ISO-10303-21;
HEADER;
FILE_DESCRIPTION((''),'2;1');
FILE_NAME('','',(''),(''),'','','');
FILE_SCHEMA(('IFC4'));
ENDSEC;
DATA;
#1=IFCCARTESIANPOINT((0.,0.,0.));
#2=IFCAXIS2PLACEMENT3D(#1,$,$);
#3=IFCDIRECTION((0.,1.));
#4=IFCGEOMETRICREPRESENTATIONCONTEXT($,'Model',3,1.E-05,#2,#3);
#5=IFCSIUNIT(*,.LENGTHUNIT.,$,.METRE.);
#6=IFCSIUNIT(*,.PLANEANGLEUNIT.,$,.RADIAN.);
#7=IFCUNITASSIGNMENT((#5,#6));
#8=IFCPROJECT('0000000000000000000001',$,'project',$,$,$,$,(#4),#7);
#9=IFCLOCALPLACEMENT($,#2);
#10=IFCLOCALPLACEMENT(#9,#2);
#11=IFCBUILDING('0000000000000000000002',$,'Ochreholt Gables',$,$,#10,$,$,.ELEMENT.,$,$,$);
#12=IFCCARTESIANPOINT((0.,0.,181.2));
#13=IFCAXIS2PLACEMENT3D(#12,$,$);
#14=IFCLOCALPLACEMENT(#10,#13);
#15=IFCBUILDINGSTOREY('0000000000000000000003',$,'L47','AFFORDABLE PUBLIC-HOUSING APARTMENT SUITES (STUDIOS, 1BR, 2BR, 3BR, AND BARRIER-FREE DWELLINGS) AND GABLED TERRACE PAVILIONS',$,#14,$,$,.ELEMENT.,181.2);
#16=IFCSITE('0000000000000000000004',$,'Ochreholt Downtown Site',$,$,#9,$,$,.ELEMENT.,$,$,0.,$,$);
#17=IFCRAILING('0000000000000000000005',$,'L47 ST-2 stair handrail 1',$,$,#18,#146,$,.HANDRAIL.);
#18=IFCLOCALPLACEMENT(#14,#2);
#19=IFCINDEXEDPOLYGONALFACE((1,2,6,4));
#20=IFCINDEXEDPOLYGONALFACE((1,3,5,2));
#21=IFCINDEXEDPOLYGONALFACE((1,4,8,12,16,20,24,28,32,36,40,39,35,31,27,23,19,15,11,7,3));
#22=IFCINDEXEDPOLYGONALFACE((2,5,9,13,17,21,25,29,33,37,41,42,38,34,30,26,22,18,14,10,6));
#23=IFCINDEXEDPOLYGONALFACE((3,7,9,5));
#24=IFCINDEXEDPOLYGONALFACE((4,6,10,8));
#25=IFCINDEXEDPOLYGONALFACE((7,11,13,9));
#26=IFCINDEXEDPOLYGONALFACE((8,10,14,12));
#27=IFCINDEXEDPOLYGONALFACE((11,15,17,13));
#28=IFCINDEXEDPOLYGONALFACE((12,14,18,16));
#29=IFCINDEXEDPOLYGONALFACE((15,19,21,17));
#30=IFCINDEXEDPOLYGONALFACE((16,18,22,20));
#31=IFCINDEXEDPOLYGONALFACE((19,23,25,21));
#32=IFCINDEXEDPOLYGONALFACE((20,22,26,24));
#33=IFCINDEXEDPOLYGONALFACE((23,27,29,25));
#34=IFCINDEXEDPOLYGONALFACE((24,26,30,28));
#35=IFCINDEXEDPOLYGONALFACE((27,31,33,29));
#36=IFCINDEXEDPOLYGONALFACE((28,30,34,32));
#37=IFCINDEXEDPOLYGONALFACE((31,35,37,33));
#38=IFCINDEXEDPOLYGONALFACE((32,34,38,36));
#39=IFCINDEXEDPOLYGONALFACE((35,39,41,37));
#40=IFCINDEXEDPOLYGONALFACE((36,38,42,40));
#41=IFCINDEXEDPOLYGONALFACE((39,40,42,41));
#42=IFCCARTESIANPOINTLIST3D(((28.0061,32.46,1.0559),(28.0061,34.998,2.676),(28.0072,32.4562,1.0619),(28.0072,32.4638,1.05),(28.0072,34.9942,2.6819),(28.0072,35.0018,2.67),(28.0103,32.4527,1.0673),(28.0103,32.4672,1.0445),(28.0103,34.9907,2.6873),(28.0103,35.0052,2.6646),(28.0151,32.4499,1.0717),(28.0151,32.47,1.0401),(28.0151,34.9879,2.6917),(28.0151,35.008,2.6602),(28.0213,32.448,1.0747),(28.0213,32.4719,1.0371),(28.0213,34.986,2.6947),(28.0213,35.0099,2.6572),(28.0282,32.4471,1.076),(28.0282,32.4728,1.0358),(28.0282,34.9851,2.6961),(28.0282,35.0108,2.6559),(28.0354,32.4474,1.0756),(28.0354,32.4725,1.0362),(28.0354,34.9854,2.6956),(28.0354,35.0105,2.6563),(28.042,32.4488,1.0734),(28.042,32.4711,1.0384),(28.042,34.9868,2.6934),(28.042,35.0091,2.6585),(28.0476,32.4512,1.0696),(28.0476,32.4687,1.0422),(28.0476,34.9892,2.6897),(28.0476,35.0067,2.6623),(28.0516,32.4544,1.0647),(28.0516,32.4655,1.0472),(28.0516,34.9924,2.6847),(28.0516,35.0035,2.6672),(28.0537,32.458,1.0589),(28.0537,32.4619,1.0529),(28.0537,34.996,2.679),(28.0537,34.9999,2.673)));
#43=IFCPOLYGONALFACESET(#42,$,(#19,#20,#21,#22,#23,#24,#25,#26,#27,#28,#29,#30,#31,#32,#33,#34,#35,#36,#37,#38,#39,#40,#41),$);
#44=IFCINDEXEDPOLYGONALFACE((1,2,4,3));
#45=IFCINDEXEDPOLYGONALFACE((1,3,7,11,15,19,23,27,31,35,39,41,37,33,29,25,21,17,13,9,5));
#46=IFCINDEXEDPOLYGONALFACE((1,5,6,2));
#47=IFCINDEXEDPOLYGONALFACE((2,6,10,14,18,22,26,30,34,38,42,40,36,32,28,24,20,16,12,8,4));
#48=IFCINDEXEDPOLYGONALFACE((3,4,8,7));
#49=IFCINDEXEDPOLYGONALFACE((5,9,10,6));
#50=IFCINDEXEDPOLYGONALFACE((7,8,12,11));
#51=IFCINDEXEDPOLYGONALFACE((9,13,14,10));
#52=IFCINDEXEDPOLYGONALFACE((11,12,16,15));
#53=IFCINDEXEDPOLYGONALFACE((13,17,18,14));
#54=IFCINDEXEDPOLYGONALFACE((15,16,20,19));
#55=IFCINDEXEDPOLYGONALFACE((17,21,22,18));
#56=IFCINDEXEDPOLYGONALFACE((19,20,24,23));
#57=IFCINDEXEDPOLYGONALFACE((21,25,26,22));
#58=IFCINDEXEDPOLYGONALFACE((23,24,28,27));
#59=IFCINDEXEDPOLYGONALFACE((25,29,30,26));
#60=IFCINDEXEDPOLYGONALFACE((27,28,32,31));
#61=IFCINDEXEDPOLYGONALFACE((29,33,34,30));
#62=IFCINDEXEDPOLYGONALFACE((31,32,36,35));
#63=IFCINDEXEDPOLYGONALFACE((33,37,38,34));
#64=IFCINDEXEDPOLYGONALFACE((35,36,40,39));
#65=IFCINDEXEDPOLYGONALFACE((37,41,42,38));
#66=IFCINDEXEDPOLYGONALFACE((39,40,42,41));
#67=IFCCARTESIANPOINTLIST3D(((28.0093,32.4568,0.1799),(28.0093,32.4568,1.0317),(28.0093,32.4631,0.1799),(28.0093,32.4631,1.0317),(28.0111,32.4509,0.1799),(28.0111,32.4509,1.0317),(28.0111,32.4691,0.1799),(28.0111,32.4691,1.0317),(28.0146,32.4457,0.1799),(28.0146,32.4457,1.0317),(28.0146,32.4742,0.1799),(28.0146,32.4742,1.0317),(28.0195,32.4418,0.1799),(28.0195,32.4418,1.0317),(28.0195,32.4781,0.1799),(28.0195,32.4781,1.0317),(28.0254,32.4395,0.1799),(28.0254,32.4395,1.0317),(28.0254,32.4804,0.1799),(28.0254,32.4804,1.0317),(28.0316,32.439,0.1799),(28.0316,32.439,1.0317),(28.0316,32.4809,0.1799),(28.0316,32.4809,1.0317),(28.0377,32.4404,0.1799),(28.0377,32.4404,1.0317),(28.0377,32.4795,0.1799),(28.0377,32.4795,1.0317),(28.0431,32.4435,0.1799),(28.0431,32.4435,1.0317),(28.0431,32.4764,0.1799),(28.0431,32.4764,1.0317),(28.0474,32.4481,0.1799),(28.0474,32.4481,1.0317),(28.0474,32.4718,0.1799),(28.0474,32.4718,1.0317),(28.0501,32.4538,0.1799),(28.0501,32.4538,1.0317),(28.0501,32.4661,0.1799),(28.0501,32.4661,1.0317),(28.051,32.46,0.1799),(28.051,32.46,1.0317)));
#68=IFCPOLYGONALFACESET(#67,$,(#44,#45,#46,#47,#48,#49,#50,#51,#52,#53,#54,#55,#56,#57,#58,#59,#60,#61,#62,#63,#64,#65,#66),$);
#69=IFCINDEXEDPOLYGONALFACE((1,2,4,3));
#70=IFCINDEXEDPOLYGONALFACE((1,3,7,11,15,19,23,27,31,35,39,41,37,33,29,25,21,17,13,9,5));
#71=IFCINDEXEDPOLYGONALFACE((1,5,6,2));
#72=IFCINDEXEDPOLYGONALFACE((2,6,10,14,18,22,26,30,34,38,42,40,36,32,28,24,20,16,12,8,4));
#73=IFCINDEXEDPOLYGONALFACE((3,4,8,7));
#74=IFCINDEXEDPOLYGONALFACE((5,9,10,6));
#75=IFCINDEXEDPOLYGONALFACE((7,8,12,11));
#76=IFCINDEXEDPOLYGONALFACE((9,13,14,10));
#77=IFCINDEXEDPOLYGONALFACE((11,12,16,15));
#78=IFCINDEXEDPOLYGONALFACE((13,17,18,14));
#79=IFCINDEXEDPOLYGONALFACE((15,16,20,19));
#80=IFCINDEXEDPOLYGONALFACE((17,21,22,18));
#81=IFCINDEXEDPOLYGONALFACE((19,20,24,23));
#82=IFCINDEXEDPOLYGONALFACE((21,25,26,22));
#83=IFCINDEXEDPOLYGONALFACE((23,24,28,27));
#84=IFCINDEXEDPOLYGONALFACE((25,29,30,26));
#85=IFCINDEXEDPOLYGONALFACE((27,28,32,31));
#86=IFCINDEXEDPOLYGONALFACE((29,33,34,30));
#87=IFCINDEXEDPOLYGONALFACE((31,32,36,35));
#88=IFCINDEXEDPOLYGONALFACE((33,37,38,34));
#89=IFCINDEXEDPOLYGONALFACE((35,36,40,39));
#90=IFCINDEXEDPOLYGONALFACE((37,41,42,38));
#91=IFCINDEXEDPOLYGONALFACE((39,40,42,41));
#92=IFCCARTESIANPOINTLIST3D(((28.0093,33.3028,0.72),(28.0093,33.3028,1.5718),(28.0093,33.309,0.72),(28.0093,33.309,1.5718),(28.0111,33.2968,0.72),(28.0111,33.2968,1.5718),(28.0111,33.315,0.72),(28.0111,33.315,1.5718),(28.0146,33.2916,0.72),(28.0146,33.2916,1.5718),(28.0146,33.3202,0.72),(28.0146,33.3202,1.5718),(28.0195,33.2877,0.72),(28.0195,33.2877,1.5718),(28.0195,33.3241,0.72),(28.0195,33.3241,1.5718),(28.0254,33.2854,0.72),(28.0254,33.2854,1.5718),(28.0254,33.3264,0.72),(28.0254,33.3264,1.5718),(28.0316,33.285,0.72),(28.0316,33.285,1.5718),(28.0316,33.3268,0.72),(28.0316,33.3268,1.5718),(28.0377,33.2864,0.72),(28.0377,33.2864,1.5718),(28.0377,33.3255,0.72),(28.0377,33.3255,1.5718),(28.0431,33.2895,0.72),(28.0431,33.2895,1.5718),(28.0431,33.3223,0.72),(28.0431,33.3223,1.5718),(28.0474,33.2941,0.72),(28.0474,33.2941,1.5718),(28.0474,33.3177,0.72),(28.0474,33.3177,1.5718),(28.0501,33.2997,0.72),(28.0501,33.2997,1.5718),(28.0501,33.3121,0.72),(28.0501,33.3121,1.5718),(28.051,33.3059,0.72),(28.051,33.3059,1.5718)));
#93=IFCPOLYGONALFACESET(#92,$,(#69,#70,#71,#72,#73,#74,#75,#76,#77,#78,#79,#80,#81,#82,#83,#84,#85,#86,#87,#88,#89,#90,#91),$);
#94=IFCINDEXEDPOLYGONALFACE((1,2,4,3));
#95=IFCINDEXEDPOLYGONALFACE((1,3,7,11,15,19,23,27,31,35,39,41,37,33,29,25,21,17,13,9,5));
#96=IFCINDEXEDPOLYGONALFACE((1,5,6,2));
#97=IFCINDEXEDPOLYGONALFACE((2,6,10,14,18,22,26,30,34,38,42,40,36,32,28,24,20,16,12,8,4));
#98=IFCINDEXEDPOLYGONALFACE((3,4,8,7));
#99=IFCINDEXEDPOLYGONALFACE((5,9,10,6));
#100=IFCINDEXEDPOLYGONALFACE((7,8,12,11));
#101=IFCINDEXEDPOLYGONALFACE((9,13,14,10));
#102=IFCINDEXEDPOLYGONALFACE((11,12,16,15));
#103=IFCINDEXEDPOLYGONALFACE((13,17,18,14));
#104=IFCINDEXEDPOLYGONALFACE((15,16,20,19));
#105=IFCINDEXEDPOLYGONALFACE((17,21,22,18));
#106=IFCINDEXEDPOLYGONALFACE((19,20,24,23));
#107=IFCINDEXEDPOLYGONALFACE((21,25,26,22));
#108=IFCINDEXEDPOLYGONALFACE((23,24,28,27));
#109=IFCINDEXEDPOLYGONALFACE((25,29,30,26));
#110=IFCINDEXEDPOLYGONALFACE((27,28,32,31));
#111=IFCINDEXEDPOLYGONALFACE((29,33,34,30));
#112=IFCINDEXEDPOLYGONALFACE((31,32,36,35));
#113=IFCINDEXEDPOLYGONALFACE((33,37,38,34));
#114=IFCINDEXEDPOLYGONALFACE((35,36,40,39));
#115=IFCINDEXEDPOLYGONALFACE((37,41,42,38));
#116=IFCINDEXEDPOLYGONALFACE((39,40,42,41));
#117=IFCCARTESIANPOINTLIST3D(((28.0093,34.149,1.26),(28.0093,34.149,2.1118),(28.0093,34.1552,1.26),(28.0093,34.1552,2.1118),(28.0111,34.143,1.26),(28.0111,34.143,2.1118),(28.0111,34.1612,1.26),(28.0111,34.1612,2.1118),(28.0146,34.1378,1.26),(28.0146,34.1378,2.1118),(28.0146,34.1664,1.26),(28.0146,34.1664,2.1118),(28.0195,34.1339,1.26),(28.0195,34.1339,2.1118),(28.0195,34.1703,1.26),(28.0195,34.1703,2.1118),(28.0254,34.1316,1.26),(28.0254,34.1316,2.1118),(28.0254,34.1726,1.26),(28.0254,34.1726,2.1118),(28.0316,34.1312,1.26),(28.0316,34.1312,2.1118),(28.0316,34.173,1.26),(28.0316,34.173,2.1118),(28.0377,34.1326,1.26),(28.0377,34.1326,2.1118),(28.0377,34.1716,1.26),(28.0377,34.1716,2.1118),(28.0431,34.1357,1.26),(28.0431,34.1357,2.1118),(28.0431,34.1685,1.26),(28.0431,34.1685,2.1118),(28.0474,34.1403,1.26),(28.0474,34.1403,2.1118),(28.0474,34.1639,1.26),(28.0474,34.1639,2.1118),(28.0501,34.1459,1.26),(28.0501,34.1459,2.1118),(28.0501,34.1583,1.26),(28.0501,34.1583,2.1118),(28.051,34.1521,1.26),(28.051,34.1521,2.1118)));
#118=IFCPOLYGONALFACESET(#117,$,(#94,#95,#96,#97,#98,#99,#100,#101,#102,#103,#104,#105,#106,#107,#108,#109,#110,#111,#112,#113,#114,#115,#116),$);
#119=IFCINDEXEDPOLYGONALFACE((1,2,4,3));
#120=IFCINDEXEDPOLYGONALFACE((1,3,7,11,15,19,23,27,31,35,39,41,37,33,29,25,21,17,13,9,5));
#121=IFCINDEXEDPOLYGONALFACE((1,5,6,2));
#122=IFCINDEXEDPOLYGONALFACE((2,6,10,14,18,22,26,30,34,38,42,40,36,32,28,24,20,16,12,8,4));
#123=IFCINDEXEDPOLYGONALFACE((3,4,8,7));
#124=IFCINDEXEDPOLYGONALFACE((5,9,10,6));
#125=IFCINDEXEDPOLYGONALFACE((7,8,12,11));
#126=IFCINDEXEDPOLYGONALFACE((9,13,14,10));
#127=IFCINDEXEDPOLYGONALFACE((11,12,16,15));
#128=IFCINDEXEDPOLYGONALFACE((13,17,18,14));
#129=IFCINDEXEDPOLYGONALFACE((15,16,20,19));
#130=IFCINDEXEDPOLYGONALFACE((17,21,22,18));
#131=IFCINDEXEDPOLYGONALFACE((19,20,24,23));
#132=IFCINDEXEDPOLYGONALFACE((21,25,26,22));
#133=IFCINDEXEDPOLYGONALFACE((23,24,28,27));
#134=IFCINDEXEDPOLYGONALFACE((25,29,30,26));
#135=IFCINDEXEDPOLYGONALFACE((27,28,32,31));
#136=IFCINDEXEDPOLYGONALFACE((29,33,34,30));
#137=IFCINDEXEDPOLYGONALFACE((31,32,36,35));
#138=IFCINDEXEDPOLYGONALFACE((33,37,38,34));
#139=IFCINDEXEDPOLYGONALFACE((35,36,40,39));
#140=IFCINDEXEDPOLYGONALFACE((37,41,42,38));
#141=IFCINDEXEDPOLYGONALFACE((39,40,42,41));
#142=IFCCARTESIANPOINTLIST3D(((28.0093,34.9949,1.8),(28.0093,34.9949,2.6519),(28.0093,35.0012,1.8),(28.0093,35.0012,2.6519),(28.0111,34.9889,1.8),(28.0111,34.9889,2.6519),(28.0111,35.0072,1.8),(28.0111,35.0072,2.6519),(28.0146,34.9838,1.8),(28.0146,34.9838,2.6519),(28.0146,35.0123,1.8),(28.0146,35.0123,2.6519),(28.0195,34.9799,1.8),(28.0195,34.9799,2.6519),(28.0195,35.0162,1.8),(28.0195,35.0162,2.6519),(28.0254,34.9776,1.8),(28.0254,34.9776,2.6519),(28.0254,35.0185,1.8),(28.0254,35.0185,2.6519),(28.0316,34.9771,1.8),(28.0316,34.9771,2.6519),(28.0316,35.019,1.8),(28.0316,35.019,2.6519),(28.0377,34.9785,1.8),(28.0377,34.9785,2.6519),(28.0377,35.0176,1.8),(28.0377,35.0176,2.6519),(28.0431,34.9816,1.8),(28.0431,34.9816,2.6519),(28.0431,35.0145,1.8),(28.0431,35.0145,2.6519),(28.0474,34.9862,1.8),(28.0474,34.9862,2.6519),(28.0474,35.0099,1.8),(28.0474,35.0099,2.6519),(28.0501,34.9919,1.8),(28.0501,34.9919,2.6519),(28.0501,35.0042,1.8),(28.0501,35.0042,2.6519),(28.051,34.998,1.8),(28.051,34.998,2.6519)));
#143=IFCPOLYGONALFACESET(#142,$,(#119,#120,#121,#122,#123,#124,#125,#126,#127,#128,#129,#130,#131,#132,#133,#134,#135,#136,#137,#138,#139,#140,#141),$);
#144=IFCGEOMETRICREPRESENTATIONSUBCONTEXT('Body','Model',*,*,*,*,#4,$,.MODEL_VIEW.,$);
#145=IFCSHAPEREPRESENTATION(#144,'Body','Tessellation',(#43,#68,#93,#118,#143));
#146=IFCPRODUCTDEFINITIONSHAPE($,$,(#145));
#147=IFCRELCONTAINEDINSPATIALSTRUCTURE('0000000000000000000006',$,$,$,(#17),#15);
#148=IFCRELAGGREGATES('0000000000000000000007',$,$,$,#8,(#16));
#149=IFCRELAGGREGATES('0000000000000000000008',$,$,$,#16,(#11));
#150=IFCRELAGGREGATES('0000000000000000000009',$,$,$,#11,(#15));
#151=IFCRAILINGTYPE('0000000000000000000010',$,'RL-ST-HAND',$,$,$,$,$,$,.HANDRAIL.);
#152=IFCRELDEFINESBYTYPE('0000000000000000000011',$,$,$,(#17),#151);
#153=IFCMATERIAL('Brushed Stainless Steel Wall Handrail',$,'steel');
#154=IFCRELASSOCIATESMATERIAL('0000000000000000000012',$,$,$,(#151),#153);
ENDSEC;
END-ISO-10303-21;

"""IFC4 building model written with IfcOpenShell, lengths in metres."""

from ifc_helpers import new_model, si_unit, direction, frame, origin, origin_2d, place, context, subcontext, project, spatial, circle, extrude, material, type_object, element, save


model = new_model("IFC4")

# Units and contexts
model_context = context("Model", 3, precision=1e-05, world=origin(), true_north=direction((0.0, 1.0)))
body_context = subcontext(model_context, "Body", "Model", "MODEL_VIEW")
ifc_project = project(units=[si_unit("LENGTHUNIT", "METRE"), si_unit("PLANEANGLEUNIT", "RADIAN")], contexts=[model_context])

# Site, building, storey
site_placement = place(None, origin())
site = spatial("IfcSite", under=ifc_project, at=site_placement, Name="Ochreholt Downtown Site", CompositionType="ELEMENT", RefElevation=0.0)
building_placement = place(site_placement, origin())
building = spatial("IfcBuilding", under=site, at=building_placement, Name="Ochreholt Gables", CompositionType="ELEMENT")
storey_placement = place(building_placement, frame((0.0, 0.0, 181.2)))
storey = spatial("IfcBuildingStorey", under=building, at=storey_placement, Name="L47", Description="AFFORDABLE PUBLIC-HOUSING APARTMENT SUITES (STUDIOS, 1BR, 2BR, 3BR, AND BARRIER-FREE DWELLINGS) AND GABLED TERRACE PAVILIONS", CompositionType="ELEMENT", Elevation=181.2)

# Railing
ifc_material_1 = material(Name="Brushed Stainless Steel Wall Handrail", Category="steel")
railing_type_1 = type_object("IfcRailingType", Name="RL-ST-HAND", PredefinedType="HANDRAIL", material=ifc_material_1)
railing_1_placement = place(storey_placement, frame((28.03, 32.46, 0.1799)))
element("IfcRailing", 1, at=railing_1_placement, inside=storey, type_object=railing_type_1, Name="L47 ST-2 stair handrail 1", PredefinedType="HANDRAIL", context=body_context, shape_type="SweptSolid", body=[
    extrude(circle(Radius=0.0239, at=origin_2d()), frame((0.0, 0.0, 0.876), z_axis=(0.0, 0.842913, 0.53805), x_axis=(-1.0, 0.0, 0.0)), (0.0, 0.0, 1.0), 3.011),
    extrude(circle(Radius=0.021, at=origin_2d()), origin(), (0.0, 0.0, 1.0), 0.8518),
    extrude(circle(Radius=0.021, at=origin_2d()), frame((0.0, 0.8459, 0.54)), (0.0, 0.0, 1.0), 0.8518),
    extrude(circle(Radius=0.021, at=origin_2d()), frame((0.0, 1.6921, 1.0801)), (0.0, 0.0, 1.0), 0.8518),
    extrude(circle(Radius=0.021, at=origin_2d()), frame((0.0, 2.5381, 1.6201)), (0.0, 0.0, 1.0), 0.8518),
])

save(model, "model.ifc")
